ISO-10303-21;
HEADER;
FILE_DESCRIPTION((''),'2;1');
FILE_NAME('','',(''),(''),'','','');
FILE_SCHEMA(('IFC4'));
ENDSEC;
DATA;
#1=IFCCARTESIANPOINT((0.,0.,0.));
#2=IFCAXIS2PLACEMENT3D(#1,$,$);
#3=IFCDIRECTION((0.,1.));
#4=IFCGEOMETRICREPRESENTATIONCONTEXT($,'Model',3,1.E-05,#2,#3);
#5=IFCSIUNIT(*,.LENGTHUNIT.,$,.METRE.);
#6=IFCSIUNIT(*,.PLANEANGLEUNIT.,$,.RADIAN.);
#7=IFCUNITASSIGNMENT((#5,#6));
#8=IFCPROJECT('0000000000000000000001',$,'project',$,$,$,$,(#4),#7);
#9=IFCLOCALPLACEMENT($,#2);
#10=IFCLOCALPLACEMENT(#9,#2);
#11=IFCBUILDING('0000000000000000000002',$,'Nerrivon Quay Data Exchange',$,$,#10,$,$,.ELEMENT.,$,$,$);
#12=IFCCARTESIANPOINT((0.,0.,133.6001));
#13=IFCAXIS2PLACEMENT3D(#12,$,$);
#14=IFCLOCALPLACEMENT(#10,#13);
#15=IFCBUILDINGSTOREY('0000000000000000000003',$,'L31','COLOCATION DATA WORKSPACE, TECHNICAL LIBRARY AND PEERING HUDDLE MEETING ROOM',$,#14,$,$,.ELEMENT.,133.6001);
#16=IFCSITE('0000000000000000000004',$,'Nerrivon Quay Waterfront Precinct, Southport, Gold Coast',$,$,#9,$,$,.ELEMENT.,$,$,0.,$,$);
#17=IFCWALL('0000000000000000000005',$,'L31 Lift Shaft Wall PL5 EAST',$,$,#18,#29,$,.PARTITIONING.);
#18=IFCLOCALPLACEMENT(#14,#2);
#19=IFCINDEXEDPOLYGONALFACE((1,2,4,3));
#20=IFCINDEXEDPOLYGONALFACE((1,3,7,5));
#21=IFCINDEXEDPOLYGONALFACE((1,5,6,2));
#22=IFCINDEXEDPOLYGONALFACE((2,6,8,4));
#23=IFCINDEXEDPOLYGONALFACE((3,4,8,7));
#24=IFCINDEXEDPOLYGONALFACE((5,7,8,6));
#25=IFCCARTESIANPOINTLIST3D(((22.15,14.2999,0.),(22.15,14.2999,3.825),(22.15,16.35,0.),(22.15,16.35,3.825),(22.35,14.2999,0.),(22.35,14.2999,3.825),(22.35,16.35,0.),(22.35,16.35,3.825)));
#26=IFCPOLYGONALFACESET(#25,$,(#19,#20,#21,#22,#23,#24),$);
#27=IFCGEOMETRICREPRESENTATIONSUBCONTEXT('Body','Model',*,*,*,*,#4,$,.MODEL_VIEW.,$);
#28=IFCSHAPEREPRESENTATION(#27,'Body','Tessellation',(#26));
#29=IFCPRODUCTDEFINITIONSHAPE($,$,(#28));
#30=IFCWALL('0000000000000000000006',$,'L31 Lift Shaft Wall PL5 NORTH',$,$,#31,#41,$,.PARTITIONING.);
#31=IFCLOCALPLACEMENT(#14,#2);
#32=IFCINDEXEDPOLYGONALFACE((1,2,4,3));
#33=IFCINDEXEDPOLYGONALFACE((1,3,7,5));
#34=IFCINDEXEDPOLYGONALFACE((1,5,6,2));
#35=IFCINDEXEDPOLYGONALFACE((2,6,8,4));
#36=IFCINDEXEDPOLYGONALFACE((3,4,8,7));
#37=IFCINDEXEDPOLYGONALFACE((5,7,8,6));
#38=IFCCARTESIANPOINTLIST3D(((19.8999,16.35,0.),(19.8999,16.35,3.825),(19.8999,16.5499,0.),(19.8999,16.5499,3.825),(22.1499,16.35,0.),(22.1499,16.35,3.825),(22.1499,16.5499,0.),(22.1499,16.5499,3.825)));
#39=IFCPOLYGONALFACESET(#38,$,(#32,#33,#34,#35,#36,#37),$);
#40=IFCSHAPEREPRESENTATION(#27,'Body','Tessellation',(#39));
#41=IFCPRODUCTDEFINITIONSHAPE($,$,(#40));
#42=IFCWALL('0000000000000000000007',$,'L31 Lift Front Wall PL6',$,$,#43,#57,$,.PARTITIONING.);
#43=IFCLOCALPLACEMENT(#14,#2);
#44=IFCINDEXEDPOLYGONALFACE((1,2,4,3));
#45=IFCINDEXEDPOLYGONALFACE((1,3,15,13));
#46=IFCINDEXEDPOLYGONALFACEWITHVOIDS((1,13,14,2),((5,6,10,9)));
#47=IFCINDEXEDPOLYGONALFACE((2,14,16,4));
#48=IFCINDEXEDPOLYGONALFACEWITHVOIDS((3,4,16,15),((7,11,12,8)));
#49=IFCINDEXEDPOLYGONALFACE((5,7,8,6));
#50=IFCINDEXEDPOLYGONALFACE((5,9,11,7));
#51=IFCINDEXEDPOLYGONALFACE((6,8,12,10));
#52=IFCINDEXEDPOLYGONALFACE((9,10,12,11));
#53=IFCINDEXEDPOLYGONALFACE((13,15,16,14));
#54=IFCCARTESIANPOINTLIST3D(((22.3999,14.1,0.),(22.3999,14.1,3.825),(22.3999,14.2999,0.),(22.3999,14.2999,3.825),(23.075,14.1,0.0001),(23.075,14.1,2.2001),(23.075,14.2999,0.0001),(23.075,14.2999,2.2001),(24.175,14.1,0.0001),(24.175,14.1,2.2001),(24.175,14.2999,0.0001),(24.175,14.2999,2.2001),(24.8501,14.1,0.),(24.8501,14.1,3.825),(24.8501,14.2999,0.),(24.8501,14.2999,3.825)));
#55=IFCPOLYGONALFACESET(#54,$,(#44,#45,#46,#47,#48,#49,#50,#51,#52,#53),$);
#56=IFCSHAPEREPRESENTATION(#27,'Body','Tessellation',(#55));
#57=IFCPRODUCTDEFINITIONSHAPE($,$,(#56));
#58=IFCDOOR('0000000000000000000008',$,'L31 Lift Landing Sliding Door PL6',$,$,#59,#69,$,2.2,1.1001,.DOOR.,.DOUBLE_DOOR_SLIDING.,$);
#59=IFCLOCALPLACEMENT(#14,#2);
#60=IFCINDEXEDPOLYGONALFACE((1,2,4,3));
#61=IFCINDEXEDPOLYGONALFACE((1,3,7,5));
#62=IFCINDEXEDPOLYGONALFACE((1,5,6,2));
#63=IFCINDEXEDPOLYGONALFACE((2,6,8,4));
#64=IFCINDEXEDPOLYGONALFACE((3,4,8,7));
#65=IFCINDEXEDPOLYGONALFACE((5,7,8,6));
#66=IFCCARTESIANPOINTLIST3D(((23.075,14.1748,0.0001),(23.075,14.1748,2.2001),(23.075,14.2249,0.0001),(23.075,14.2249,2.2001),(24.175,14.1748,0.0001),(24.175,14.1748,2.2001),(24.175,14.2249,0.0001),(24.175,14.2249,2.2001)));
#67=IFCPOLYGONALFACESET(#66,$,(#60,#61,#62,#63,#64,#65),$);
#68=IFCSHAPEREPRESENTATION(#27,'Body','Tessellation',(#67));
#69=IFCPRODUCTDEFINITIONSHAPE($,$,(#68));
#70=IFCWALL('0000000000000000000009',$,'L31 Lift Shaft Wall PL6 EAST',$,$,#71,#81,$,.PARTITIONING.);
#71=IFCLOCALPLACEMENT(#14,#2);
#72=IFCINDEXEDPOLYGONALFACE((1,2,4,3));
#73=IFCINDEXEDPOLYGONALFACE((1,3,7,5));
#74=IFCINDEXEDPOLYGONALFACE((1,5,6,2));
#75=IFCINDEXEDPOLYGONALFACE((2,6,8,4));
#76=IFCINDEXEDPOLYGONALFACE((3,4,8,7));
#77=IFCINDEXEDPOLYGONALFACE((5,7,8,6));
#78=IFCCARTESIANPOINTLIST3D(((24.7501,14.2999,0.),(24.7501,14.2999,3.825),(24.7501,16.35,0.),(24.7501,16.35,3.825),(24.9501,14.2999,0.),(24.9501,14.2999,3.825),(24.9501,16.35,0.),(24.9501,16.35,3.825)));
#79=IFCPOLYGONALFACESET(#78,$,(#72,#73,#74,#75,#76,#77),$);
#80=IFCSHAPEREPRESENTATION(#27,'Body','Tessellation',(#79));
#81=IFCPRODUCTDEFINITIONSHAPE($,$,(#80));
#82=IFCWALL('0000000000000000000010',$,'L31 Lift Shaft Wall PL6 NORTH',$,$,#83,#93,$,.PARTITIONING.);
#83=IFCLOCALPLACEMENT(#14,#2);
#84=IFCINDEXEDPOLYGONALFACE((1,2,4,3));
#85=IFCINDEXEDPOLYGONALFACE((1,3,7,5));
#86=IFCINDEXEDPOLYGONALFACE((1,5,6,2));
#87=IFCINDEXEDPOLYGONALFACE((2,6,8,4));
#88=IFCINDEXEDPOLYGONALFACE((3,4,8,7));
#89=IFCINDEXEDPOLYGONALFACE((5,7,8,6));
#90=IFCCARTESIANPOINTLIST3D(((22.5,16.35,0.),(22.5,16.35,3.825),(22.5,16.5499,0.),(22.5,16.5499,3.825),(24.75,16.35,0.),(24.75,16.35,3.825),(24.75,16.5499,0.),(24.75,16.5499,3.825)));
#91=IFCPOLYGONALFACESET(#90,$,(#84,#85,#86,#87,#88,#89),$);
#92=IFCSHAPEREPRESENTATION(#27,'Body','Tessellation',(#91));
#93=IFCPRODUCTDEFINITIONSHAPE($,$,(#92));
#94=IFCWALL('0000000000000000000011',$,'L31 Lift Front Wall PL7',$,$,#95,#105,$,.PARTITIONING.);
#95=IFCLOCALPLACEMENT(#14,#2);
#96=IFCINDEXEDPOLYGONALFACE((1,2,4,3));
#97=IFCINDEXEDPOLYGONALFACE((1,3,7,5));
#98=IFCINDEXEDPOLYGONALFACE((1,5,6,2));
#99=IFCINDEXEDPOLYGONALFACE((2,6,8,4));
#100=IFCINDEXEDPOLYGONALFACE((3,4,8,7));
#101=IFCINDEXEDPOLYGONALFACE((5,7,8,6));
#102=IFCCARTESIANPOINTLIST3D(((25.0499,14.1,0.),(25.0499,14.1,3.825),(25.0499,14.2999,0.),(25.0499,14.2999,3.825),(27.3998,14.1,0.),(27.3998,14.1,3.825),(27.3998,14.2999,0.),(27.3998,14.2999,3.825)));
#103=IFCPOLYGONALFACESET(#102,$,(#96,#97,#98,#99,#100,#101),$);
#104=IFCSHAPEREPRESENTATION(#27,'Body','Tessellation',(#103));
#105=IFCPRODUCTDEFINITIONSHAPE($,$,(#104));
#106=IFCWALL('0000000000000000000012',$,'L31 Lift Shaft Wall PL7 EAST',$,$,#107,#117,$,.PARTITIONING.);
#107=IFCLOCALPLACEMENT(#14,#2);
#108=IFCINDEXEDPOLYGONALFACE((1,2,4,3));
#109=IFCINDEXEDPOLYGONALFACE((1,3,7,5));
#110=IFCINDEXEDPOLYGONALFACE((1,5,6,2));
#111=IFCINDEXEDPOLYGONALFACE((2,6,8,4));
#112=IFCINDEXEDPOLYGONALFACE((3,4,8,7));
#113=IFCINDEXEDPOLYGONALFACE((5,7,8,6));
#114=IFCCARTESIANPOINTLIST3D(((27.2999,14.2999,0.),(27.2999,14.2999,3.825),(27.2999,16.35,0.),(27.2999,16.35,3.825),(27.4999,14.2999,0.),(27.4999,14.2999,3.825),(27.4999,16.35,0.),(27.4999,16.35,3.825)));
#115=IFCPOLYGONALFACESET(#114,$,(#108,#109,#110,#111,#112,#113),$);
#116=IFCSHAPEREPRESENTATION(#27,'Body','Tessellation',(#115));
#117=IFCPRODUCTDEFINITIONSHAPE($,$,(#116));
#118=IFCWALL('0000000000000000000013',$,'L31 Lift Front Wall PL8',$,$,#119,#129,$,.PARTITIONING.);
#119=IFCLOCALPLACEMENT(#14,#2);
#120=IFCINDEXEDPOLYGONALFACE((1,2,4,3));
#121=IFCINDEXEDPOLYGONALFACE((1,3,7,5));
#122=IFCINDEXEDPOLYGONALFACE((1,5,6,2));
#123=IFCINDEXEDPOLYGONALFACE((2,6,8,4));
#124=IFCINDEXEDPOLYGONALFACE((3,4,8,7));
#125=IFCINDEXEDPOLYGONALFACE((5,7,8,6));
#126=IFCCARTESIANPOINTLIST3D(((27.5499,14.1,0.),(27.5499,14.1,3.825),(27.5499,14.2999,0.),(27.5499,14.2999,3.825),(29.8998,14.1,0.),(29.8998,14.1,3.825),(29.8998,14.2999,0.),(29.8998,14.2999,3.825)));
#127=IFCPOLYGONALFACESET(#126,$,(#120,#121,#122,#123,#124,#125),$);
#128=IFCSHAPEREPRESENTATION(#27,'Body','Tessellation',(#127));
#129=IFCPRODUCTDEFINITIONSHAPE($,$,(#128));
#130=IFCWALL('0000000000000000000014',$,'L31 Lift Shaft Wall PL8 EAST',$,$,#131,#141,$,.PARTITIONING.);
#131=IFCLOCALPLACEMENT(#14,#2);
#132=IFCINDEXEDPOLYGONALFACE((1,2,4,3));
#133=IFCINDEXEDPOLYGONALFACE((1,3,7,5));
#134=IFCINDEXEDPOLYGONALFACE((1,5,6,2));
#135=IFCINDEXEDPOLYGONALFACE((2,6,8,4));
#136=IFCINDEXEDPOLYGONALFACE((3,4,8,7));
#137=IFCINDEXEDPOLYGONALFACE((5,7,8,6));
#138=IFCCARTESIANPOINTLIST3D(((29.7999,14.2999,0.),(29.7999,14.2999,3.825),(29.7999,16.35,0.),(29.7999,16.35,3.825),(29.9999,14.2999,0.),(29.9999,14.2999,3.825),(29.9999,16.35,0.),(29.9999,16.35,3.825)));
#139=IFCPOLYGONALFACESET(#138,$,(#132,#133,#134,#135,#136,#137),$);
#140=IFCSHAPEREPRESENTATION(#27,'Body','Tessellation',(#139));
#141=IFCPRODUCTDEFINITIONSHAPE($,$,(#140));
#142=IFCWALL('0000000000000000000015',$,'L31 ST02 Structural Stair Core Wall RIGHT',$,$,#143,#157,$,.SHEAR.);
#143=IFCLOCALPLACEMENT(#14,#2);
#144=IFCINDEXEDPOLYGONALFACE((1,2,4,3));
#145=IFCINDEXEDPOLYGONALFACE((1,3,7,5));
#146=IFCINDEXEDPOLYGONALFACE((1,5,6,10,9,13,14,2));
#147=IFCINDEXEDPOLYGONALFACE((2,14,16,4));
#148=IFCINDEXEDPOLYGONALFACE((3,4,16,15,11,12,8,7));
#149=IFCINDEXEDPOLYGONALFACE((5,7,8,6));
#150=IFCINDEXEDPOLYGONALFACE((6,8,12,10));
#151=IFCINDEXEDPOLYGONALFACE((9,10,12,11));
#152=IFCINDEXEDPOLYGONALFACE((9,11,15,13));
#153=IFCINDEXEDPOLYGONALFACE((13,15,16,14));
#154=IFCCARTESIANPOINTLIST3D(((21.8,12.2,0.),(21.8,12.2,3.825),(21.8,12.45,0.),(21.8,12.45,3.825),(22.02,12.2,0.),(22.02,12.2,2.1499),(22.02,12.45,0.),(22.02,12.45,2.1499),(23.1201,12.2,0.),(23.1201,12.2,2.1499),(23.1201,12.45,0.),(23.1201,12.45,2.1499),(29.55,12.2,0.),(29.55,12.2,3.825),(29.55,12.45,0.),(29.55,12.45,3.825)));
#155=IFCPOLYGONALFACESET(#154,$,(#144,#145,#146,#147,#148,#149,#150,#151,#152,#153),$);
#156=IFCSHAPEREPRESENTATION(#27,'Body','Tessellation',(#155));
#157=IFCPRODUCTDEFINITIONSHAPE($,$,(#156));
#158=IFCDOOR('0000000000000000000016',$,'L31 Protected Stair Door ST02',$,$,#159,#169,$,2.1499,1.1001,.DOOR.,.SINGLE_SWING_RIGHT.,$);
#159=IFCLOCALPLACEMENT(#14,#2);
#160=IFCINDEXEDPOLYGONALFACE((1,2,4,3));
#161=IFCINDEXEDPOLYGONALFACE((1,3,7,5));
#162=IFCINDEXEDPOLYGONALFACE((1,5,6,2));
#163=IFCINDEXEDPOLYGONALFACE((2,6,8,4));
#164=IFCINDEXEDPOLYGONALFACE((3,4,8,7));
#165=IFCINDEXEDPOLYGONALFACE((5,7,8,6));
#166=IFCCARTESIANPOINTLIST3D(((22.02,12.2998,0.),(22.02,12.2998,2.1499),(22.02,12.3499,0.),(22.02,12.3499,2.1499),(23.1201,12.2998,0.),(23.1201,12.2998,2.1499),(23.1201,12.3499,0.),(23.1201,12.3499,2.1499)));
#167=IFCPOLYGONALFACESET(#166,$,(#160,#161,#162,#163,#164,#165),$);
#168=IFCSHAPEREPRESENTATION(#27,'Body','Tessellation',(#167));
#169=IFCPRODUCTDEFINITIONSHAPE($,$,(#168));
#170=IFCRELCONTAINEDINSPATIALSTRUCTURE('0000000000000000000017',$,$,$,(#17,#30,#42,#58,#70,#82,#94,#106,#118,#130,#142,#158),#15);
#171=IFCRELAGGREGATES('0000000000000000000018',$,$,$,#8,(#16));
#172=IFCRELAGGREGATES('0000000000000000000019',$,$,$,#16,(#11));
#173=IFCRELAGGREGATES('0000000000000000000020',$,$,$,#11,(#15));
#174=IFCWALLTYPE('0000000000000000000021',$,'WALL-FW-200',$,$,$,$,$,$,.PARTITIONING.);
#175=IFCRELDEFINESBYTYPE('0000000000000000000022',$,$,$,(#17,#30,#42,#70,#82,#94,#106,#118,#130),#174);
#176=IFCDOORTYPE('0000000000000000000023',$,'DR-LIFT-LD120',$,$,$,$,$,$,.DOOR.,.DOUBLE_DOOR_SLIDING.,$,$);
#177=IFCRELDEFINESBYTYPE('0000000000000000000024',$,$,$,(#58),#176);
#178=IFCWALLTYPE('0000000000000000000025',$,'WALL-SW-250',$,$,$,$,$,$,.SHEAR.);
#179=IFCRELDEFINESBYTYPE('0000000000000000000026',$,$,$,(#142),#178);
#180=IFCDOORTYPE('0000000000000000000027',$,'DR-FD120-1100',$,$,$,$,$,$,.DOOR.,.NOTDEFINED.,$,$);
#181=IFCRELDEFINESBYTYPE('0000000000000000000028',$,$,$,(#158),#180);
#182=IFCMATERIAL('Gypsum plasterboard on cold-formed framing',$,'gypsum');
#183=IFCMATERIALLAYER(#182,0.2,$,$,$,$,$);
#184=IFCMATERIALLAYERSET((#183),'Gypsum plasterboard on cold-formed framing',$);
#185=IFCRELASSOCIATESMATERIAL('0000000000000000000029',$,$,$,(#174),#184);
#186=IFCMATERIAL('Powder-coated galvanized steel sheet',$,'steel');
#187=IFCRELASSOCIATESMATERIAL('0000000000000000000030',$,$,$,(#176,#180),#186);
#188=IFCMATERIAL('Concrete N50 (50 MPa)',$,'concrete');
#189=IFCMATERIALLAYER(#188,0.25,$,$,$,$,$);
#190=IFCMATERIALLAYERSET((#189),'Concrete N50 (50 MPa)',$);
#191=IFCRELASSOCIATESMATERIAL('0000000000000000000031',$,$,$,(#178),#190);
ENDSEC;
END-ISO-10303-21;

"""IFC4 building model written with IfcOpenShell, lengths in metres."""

from ifc_helpers import new_model, si_unit, direction, frame, frame_2d, origin, place, context, subcontext, project, spatial, rectangle, extrude, material, layer, layer_set, type_object, element, fill, save


model = new_model("IFC4")

# Units and contexts
model_context = context("Model", 3, precision=1e-05, world=origin(), true_north=direction((0.0, 1.0)))
body_context = subcontext(model_context, "Body", "Model", "MODEL_VIEW")
ifc_project = project(units=[si_unit("LENGTHUNIT", "METRE"), si_unit("PLANEANGLEUNIT", "RADIAN")], contexts=[model_context])

# Site, building, storey
site_placement = place(None, origin())
site = spatial("IfcSite", under=ifc_project, at=site_placement, Name="Nerrivon Quay Waterfront Precinct, Southport, Gold Coast", CompositionType="ELEMENT", RefElevation=0.0)
building_placement = place(site_placement, origin())
building = spatial("IfcBuilding", under=site, at=building_placement, Name="Nerrivon Quay Data Exchange", CompositionType="ELEMENT")
storey_placement = place(building_placement, frame((0.0, 0.0, 133.6001)))
storey = spatial("IfcBuildingStorey", under=building, at=storey_placement, Name="L31", Description="COLOCATION DATA WORKSPACE, TECHNICAL LIBRARY AND PEERING HUDDLE MEETING ROOM", CompositionType="ELEMENT", Elevation=133.6001)

# Walls
ifc_material_1 = material(Name="Gypsum plasterboard on cold-formed framing", Category="gypsum")
ifc_layer_1 = layer(ifc_material_1, 0.2)
ifc_layer_set_1 = layer_set([ifc_layer_1], Name="Gypsum plasterboard on cold-formed framing")
wall_type_1 = type_object("IfcWallType", Name="WALL-FW-200", PredefinedType="PARTITIONING", material=ifc_layer_set_1)
wall_1_placement = place(storey_placement, frame((22.25, 14.3, 0.0), z_axis=(0.0, 0.0, 1.0), x_axis=(0.0, 1.0, 0.0)))
element("IfcWall", 1, at=wall_1_placement, inside=storey, type_object=wall_type_1, Name="L31 Lift Shaft Wall PL5 EAST", PredefinedType="PARTITIONING", context=body_context, shape_type="SweptSolid", body=[
    extrude(rectangle(XDim=2.05, YDim=0.2, at=frame_2d((1.0249, 0.0))), origin(), (0.0, 0.0, 1.0), 3.825),
])
wall_2_placement = place(storey_placement, frame((19.8999, 16.45, 0.0), z_axis=(0.0, 0.0, 1.0), x_axis=(1.0, 0.0, 0.0)))
element("IfcWall", 2, at=wall_2_placement, inside=storey, type_object=wall_type_1, Name="L31 Lift Shaft Wall PL5 NORTH", PredefinedType="PARTITIONING", context=body_context, shape_type="SweptSolid", body=[
    extrude(rectangle(XDim=2.25, YDim=0.2, at=frame_2d((1.125, 0.0))), origin(), (0.0, 0.0, 1.0), 3.825),
])

# Wall, opening, door
wall_3_placement = place(storey_placement, frame((22.3999, 14.2, 0.0), z_axis=(0.0, 0.0, 1.0), x_axis=(1.0, 0.0, 0.0)))
wall_3 = element("IfcWall", 3, at=wall_3_placement, inside=storey, type_object=wall_type_1, Name="L31 Lift Front Wall PL6", PredefinedType="PARTITIONING", context=body_context, shape_type="SweptSolid", body=[
    extrude(rectangle(XDim=2.4502, YDim=0.2, at=frame_2d((1.2251, 0.0))), origin(), (0.0, 0.0, 1.0), 3.825),
])
opening_1_placement = place(wall_3_placement, frame((0.675, 0.0, 0.0)))
opening_1 = element("IfcOpeningElement", 4, at=opening_1_placement, cuts=wall_3, PredefinedType="OPENING", context=body_context, shape_type="SweptSolid", body=[
    extrude(rectangle(XDim=1.1001, YDim=2.2, at=frame_2d((0.55, 1.1001))), frame((0.0, 0.1099, 0.0), z_axis=(0.0, -1.0, 0.0), x_axis=(1.0, 0.0, 0.0)), (0.0, 0.0, 1.0), 0.22),
])
ifc_material_2 = material(Name="Powder-coated galvanized steel sheet", Category="steel")
door_type_1 = type_object("IfcDoorType", Name="DR-LIFT-LD120", OperationType="DOUBLE_DOOR_SLIDING", PredefinedType="DOOR", material=ifc_material_2)
door_1_placement = place(opening_1_placement, origin())
door_1 = element("IfcDoor", 5, at=door_1_placement, inside=storey, type_object=door_type_1, Name="L31 Lift Landing Sliding Door PL6", OperationType="DOUBLE_DOOR_SLIDING", OverallHeight=2.2, OverallWidth=1.1001, PredefinedType="DOOR", context=body_context, shape_type="SweptSolid", body=[
    extrude(rectangle(XDim=1.1001, YDim=2.2, at=frame_2d((0.55, 1.1001))), frame((0.0, 0.0249, 0.0), z_axis=(0.0, -1.0, 0.0), x_axis=(1.0, 0.0, 0.0)), (0.0, 0.0, 1.0), 0.05),
])
fill(opening_1, door_1)

# Walls
wall_4_placement = place(storey_placement, frame((24.8501, 14.3, 0.0), z_axis=(0.0, 0.0, 1.0), x_axis=(0.0, 1.0, 0.0)))
element("IfcWall", 6, at=wall_4_placement, inside=storey, type_object=wall_type_1, Name="L31 Lift Shaft Wall PL6 EAST", PredefinedType="PARTITIONING", context=body_context, shape_type="SweptSolid", body=[
    extrude(rectangle(XDim=2.05, YDim=0.2, at=frame_2d((1.0249, 0.0))), origin(), (0.0, 0.0, 1.0), 3.825),
])
wall_5_placement = place(storey_placement, frame((22.5, 16.45, 0.0), z_axis=(0.0, 0.0, 1.0), x_axis=(1.0, 0.0, 0.0)))
element("IfcWall", 7, at=wall_5_placement, inside=storey, type_object=wall_type_1, Name="L31 Lift Shaft Wall PL6 NORTH", PredefinedType="PARTITIONING", context=body_context, shape_type="SweptSolid", body=[
    extrude(rectangle(XDim=2.25, YDim=0.2, at=frame_2d((1.125, 0.0))), origin(), (0.0, 0.0, 1.0), 3.825),
])
wall_6_placement = place(storey_placement, frame((25.05, 14.2, 0.0), z_axis=(0.0, 0.0, 1.0), x_axis=(1.0, 0.0, 0.0)))
element("IfcWall", 8, at=wall_6_placement, inside=storey, type_object=wall_type_1, Name="L31 Lift Front Wall PL7", PredefinedType="PARTITIONING", context=body_context, shape_type="SweptSolid", body=[
    extrude(rectangle(XDim=2.3499, YDim=0.2, at=frame_2d((1.1748, 0.0))), origin(), (0.0, 0.0, 1.0), 3.825),
])
wall_7_placement = place(storey_placement, frame((27.3999, 14.3, 0.0), z_axis=(0.0, 0.0, 1.0), x_axis=(0.0, 1.0, 0.0)))
element("IfcWall", 9, at=wall_7_placement, inside=storey, type_object=wall_type_1, Name="L31 Lift Shaft Wall PL7 EAST", PredefinedType="PARTITIONING", context=body_context, shape_type="SweptSolid", body=[
    extrude(rectangle(XDim=2.05, YDim=0.2, at=frame_2d((1.0249, 0.0))), origin(), (0.0, 0.0, 1.0), 3.825),
])
wall_8_placement = place(storey_placement, frame((27.55, 14.2, 0.0), z_axis=(0.0, 0.0, 1.0), x_axis=(1.0, 0.0, 0.0)))
element("IfcWall", 10, at=wall_8_placement, inside=storey, type_object=wall_type_1, Name="L31 Lift Front Wall PL8", PredefinedType="PARTITIONING", context=body_context, shape_type="SweptSolid", body=[
    extrude(rectangle(XDim=2.3499, YDim=0.2, at=frame_2d((1.1748, 0.0))), origin(), (0.0, 0.0, 1.0), 3.825),
])
wall_9_placement = place(storey_placement, frame((29.8999, 14.3, 0.0), z_axis=(0.0, 0.0, 1.0), x_axis=(0.0, 1.0, 0.0)))
element("IfcWall", 11, at=wall_9_placement, inside=storey, type_object=wall_type_1, Name="L31 Lift Shaft Wall PL8 EAST", PredefinedType="PARTITIONING", context=body_context, shape_type="SweptSolid", body=[
    extrude(rectangle(XDim=2.05, YDim=0.2, at=frame_2d((1.0249, 0.0))), origin(), (0.0, 0.0, 1.0), 3.825),
])

# Wall, opening, door
ifc_material_3 = material(Name="Concrete N50 (50 MPa)", Category="concrete")
ifc_layer_2 = layer(ifc_material_3, 0.25)
ifc_layer_set_2 = layer_set([ifc_layer_2], Name="Concrete N50 (50 MPa)")
wall_type_2 = type_object("IfcWallType", Name="WALL-SW-250", PredefinedType="SHEAR", material=ifc_layer_set_2)
wall_10_placement = place(storey_placement, frame((21.8, 12.325, 0.0), z_axis=(0.0, 0.0, 1.0), x_axis=(1.0, 0.0, 0.0)))
wall_10 = element("IfcWall", 12, at=wall_10_placement, inside=storey, type_object=wall_type_2, Name="L31 ST02 Structural Stair Core Wall RIGHT", PredefinedType="SHEAR", context=body_context, shape_type="SweptSolid", body=[
    extrude(rectangle(XDim=7.75, YDim=0.25, at=frame_2d((3.875, 0.0))), origin(), (0.0, 0.0, 1.0), 3.825),
])
opening_2_placement = place(wall_10_placement, frame((0.22, 0.0, 0.0)))
opening_2 = element("IfcOpeningElement", 13, at=opening_2_placement, cuts=wall_10, PredefinedType="OPENING", context=body_context, shape_type="SweptSolid", body=[
    extrude(rectangle(XDim=1.1001, YDim=2.1499, at=frame_2d((0.55, 1.075))), frame((0.0, 0.135, 0.0), z_axis=(0.0, -1.0, 0.0), x_axis=(1.0, 0.0, 0.0)), (0.0, 0.0, 1.0), 0.27),
])
door_type_2 = type_object("IfcDoorType", Name="DR-FD120-1100", OperationType="NOTDEFINED", PredefinedType="DOOR", material=ifc_material_2)
door_2_placement = place(opening_2_placement, origin())
door_2 = element("IfcDoor", 14, at=door_2_placement, inside=storey, type_object=door_type_2, Name="L31 Protected Stair Door ST02", OperationType="SINGLE_SWING_RIGHT", OverallHeight=2.1499, OverallWidth=1.1001, PredefinedType="DOOR", context=body_context, shape_type="SweptSolid", body=[
    extrude(rectangle(XDim=1.1001, YDim=2.1499, at=frame_2d((0.55, 1.075))), frame((0.0, 0.0249, 0.0), z_axis=(0.0, -1.0, 0.0), x_axis=(1.0, 0.0, 0.0)), (0.0, 0.0, 1.0), 0.05),
])
fill(opening_2, door_2)

save(model, "model.ifc")
